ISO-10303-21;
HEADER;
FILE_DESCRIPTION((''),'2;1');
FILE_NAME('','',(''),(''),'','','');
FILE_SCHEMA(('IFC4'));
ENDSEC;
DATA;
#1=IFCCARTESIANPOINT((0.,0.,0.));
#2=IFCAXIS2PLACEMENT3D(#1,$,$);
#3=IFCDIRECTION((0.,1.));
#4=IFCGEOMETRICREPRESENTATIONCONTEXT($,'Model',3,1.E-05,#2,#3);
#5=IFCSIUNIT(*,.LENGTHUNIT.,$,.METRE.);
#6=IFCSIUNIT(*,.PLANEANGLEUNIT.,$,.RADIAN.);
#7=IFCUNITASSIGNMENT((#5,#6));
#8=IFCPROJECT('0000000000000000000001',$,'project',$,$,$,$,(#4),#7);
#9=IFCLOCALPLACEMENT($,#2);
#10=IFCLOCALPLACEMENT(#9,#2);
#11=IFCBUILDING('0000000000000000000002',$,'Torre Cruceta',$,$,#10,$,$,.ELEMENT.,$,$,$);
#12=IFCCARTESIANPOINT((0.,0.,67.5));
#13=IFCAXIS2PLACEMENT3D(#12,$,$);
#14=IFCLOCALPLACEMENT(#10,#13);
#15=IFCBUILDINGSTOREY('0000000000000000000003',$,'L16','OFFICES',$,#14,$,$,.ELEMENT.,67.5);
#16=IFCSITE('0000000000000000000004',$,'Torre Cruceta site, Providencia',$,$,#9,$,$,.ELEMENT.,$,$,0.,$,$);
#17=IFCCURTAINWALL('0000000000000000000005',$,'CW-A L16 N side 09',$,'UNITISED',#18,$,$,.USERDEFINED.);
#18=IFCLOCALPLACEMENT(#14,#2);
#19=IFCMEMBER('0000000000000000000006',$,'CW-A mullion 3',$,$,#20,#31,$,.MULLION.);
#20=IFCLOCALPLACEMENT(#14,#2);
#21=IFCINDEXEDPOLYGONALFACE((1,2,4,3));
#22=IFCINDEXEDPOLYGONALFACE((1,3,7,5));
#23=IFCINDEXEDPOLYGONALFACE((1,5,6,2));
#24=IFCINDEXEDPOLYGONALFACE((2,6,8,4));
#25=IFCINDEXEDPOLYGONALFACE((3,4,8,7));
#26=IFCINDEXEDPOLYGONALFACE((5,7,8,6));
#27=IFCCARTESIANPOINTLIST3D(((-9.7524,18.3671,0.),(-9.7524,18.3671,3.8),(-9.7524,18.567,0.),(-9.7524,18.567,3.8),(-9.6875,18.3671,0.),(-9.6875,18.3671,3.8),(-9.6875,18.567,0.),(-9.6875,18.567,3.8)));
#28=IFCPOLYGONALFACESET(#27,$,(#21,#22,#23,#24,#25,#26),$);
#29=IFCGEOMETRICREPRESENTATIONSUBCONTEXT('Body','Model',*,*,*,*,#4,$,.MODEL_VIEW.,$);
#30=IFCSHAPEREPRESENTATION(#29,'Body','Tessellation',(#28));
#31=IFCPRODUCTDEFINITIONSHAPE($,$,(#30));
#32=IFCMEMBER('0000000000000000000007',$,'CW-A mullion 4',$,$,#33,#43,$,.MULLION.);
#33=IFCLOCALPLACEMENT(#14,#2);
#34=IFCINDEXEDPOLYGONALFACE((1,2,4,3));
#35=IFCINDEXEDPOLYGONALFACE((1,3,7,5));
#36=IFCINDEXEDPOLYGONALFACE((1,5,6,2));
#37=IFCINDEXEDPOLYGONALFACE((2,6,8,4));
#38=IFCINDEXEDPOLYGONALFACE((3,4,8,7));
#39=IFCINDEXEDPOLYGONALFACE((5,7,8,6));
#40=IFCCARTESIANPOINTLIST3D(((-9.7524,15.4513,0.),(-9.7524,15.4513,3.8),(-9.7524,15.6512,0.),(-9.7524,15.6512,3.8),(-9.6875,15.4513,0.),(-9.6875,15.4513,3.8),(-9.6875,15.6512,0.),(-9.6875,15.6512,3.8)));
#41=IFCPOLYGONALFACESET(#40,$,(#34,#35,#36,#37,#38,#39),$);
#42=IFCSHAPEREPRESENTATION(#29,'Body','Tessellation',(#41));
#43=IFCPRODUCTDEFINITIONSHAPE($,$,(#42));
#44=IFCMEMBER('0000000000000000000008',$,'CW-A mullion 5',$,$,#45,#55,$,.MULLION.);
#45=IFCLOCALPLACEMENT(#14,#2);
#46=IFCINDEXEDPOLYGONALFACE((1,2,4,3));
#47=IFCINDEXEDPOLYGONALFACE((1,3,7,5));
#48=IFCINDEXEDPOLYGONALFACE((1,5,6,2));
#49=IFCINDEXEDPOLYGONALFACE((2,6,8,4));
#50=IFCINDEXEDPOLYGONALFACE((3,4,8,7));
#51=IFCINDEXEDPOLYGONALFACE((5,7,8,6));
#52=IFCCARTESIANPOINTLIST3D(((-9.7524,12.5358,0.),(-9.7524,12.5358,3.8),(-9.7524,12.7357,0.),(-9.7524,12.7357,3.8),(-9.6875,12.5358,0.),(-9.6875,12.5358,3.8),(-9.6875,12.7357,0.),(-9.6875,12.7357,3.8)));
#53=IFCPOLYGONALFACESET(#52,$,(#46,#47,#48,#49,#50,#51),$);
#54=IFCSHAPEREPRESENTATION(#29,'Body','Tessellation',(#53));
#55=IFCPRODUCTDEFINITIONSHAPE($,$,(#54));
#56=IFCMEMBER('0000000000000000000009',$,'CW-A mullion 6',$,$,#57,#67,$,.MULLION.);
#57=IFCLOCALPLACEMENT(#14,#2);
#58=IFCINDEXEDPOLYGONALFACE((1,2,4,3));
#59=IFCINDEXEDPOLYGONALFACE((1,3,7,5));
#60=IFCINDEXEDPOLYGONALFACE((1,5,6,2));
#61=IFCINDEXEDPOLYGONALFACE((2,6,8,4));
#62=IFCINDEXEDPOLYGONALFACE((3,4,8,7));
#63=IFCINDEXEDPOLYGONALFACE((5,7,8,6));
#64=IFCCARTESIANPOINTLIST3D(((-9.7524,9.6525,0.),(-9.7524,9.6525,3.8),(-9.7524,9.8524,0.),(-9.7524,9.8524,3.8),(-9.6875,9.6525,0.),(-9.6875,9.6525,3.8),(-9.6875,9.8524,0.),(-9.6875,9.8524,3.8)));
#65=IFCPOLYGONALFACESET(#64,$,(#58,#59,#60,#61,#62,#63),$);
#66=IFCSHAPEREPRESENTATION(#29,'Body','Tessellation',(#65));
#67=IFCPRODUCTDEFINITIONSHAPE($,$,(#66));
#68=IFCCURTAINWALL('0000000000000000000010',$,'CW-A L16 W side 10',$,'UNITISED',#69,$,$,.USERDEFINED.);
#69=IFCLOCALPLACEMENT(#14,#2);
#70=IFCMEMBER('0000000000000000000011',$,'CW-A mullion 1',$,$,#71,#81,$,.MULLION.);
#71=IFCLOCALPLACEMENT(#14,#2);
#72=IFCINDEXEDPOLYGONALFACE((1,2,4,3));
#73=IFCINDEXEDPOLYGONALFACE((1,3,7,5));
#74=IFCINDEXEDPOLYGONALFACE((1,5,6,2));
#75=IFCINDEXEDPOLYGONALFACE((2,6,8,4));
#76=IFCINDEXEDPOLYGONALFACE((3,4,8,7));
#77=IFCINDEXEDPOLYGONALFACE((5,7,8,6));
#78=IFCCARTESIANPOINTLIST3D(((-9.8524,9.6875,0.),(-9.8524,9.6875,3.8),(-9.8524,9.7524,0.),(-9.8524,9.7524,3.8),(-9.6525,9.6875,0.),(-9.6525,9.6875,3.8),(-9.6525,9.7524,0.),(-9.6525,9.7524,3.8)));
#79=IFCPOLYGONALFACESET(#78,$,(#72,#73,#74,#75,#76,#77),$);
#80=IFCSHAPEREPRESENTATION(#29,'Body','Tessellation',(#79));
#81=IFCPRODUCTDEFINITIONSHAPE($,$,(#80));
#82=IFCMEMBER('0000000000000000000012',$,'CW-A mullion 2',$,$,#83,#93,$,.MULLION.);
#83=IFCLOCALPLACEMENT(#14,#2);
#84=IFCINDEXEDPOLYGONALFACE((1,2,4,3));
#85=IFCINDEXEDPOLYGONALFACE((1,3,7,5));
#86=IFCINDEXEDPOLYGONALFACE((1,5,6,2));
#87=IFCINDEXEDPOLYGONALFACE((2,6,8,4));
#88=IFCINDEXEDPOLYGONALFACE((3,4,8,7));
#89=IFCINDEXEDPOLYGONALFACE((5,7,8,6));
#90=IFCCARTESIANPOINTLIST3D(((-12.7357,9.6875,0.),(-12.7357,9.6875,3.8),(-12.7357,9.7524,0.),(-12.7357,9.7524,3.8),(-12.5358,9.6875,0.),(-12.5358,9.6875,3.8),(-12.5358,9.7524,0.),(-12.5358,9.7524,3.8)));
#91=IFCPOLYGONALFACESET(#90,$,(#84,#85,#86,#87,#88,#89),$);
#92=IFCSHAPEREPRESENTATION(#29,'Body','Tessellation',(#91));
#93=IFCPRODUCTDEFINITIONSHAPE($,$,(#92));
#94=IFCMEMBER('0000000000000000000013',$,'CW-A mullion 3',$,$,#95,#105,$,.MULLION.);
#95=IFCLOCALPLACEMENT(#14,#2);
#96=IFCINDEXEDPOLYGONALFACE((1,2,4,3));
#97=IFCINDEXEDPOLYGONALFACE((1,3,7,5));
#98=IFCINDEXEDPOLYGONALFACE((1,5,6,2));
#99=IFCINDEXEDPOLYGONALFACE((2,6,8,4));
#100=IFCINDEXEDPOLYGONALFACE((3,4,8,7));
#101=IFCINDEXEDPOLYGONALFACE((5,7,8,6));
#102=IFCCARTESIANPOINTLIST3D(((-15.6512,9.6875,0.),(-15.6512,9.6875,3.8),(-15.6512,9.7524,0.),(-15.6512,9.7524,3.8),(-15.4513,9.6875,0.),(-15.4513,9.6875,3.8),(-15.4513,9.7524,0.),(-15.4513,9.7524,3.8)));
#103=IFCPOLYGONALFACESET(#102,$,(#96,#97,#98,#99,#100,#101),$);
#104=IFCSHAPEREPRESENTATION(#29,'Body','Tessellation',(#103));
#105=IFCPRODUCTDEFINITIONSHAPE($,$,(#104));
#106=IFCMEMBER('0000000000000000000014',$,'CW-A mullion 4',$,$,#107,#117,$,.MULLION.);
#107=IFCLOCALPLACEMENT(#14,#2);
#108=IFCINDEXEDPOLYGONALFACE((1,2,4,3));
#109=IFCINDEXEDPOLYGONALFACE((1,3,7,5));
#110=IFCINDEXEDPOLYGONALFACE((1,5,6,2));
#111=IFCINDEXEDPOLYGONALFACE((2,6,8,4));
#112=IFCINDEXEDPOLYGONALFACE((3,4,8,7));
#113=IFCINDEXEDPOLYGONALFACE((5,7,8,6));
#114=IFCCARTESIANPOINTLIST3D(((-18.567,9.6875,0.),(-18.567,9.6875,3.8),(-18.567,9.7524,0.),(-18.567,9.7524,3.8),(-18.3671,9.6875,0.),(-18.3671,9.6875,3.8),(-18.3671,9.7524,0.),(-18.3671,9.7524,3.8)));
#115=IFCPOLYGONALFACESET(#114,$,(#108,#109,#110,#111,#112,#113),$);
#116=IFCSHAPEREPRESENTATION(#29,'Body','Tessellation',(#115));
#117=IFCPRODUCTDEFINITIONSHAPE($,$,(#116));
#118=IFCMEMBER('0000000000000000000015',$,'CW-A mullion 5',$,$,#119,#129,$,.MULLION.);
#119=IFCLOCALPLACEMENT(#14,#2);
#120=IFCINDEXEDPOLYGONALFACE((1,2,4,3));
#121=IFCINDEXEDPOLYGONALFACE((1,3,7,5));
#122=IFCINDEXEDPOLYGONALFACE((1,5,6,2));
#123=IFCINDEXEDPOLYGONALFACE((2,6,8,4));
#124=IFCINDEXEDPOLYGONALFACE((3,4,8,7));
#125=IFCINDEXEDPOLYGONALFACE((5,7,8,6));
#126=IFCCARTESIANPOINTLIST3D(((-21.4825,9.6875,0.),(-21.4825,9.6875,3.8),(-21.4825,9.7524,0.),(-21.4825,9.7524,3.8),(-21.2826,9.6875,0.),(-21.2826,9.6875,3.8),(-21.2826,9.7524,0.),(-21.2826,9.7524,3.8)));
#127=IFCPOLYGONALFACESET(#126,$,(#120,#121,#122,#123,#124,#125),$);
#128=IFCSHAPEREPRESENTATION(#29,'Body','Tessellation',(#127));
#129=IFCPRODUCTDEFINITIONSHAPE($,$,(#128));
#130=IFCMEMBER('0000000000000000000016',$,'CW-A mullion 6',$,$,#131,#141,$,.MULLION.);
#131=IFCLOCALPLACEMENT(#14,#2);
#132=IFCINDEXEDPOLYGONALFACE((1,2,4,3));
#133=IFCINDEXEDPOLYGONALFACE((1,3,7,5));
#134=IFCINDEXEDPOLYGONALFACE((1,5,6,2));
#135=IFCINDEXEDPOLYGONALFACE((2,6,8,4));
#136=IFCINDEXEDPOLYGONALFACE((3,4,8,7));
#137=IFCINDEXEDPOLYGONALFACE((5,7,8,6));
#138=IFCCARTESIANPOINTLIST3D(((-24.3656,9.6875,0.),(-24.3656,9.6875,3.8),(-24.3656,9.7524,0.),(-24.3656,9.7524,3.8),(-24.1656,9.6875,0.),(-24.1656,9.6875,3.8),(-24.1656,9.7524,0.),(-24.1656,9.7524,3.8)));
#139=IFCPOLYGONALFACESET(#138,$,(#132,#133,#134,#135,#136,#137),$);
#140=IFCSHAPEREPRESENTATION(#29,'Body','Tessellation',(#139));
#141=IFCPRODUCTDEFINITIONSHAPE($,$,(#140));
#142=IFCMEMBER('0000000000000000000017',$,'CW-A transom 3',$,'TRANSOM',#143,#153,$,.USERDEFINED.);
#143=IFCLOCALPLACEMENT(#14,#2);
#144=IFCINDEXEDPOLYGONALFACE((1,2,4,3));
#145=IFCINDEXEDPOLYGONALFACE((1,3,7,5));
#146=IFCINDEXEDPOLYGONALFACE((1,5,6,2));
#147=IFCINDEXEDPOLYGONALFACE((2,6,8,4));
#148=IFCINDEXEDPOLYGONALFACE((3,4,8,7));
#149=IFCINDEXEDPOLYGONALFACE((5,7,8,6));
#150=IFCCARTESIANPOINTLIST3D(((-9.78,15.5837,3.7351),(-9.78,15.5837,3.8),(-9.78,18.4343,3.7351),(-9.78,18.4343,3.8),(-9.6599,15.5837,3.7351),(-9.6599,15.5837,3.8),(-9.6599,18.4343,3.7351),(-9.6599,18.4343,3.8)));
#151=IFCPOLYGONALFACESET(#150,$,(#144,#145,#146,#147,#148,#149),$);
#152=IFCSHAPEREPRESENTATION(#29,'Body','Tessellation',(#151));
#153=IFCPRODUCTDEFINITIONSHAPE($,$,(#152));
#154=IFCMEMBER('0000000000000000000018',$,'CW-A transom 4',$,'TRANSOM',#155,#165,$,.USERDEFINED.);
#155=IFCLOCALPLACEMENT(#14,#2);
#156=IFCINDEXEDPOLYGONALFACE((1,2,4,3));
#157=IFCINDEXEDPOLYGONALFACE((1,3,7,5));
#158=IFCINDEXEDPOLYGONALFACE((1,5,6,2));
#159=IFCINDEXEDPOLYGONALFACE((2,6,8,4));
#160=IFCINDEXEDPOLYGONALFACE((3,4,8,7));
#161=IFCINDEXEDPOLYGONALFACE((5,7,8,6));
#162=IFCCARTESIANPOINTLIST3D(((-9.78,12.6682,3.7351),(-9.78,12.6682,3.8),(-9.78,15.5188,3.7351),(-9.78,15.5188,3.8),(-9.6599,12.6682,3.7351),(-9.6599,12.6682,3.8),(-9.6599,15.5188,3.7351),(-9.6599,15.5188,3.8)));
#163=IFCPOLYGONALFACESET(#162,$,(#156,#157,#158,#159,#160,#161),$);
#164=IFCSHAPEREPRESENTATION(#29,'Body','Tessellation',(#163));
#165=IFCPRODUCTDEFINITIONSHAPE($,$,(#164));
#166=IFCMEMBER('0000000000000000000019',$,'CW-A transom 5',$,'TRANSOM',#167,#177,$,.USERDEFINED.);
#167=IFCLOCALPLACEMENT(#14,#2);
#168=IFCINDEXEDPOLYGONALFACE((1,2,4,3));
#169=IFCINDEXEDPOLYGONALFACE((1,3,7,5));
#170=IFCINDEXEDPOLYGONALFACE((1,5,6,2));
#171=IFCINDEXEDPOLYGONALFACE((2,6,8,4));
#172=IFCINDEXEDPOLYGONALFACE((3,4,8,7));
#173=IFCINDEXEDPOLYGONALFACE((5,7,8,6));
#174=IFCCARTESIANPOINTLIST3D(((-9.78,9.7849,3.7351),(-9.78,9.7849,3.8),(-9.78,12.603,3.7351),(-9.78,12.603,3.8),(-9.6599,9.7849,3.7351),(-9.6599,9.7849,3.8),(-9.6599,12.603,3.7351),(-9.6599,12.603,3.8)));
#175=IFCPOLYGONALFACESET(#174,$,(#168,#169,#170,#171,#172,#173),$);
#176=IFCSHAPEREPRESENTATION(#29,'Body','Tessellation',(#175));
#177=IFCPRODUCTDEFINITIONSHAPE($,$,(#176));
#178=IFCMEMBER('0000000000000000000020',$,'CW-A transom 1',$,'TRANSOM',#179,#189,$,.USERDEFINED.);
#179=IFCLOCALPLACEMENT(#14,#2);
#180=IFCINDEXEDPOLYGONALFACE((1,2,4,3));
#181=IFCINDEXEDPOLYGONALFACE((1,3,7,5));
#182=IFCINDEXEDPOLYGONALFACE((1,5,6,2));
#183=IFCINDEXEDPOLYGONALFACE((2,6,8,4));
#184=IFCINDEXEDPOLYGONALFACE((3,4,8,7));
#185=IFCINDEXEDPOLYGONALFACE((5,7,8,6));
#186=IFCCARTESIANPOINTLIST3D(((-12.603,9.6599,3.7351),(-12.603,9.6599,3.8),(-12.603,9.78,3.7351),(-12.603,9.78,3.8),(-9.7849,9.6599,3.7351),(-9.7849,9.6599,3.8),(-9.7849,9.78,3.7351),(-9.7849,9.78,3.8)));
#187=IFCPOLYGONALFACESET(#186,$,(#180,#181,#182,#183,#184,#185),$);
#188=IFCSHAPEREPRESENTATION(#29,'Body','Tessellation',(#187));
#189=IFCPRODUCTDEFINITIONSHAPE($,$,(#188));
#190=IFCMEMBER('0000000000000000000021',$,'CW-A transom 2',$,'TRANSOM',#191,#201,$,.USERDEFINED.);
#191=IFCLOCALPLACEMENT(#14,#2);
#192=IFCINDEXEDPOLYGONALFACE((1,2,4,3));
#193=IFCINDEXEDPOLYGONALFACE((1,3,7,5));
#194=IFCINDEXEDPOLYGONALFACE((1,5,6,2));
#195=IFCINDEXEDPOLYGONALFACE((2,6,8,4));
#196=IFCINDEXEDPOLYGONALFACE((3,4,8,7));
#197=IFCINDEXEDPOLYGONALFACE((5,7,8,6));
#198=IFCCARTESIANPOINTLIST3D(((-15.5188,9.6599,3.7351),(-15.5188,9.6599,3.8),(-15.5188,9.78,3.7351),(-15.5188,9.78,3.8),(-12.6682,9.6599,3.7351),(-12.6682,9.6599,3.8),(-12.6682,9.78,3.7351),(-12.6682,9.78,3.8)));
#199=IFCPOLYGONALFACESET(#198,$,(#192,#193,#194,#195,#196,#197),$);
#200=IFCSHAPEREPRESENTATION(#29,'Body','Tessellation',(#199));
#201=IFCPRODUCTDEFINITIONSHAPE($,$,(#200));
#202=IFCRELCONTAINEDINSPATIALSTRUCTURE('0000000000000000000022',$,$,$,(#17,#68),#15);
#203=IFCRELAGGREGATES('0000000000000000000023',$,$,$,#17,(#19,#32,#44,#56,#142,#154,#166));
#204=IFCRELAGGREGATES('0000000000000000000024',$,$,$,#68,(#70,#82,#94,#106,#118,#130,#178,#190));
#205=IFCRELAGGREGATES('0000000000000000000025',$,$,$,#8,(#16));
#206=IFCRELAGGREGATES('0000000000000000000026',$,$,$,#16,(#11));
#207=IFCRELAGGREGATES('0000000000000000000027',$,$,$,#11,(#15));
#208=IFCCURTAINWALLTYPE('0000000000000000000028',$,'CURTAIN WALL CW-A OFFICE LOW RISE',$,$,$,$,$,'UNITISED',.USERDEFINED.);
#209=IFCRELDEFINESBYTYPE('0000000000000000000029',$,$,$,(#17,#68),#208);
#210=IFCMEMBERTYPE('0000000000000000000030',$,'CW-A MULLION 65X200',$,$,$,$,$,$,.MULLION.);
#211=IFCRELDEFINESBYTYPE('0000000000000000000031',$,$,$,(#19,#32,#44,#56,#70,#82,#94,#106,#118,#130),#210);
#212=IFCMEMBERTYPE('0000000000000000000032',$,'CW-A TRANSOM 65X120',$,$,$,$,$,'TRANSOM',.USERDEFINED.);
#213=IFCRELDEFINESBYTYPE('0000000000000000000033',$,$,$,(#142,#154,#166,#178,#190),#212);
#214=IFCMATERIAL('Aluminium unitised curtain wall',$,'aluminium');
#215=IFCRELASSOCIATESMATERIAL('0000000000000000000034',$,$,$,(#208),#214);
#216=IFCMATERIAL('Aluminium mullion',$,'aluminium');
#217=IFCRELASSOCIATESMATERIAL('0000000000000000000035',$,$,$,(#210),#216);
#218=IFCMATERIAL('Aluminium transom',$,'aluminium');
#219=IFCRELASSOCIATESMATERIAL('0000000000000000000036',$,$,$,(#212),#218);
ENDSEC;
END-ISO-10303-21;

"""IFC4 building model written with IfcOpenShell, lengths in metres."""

from ifc_helpers import new_model, si_unit, direction, frame, origin, origin_2d, place, context, subcontext, project, spatial, rectangle, extrude, material, material_profile, profile_set, type_object, element, aggregate, save


model = new_model("IFC4")

# Units and contexts
model_context = context("Model", 3, precision=1e-05, world=origin(), true_north=direction((0.0, 1.0)))
body_context = subcontext(model_context, "Body", "Model", "MODEL_VIEW")
ifc_project = project(units=[si_unit("LENGTHUNIT", "METRE"), si_unit("PLANEANGLEUNIT", "RADIAN")], contexts=[model_context])

# Site, building, storey
site_placement = place(None, origin())
site = spatial("IfcSite", under=ifc_project, at=site_placement, Name="Torre Cruceta site, Providencia", CompositionType="ELEMENT", RefElevation=0.0)
building_placement = place(site_placement, origin())
building = spatial("IfcBuilding", under=site, at=building_placement, Name="Torre Cruceta", CompositionType="ELEMENT")
storey_placement = place(building_placement, frame((0.0, 0.0, 67.5)))
storey = spatial("IfcBuildingStorey", under=building, at=storey_placement, Name="L16", Description="OFFICES", CompositionType="ELEMENT", Elevation=67.5)

# Curtain walls, members
ifc_material_1 = material(Name="Aluminium unitised curtain wall", Category="aluminium")
curtain_wall_type = type_object("IfcCurtainWallType", Name="CURTAIN WALL CW-A OFFICE LOW RISE", ElementType="UNITISED", PredefinedType="USERDEFINED", material=ifc_material_1)
curtain_wall_1_placement = place(storey_placement, origin())
curtain_wall_1 = element("IfcCurtainWall", 1, at=curtain_wall_1_placement, inside=storey, type_object=curtain_wall_type, Name="CW-A L16 N side 09", ObjectType="UNITISED", PredefinedType="USERDEFINED")
ifc_material_2 = material(Name="Aluminium mullion", Category="aluminium")
ifc_material_profile_1 = material_profile(ifc_material_2, rectangle(XDim=0.0649, YDim=0.2, at=origin_2d()), Name="AL 65X200")
ifc_profile_set_1 = profile_set([ifc_material_profile_1], Name="Aluminium mullion")
member_type_1 = type_object("IfcMemberType", Name="CW-A MULLION 65X200", PredefinedType="MULLION", material=ifc_profile_set_1)
member_1_placement = place(storey_placement, frame((-9.72, 18.467, 0.0), z_axis=(0.0, 0.0, 1.0), x_axis=(1.0, 0.0, 0.0)))
member_1 = element("IfcMember", 2, at=member_1_placement, type_object=member_type_1, Name="CW-A mullion 3", PredefinedType="MULLION", context=body_context, shape_type="SweptSolid", body=[
    extrude(rectangle(XDim=0.0649, YDim=0.2, at=origin_2d()), origin(), (0.0, 0.0, 1.0), 3.8),
])
member_2_placement = place(storey_placement, frame((-9.72, 15.5513, 0.0), z_axis=(0.0, 0.0, 1.0), x_axis=(1.0, 0.0, 0.0)))
member_2 = element("IfcMember", 3, at=member_2_placement, type_object=member_type_1, Name="CW-A mullion 4", PredefinedType="MULLION", context=body_context, shape_type="SweptSolid", body=[
    extrude(rectangle(XDim=0.0649, YDim=0.2, at=origin_2d()), origin(), (0.0, 0.0, 1.0), 3.8),
])
member_3_placement = place(storey_placement, frame((-9.72, 12.6357, 0.0), z_axis=(0.0, 0.0, 1.0), x_axis=(1.0, 0.0, 0.0)))
member_3 = element("IfcMember", 4, at=member_3_placement, type_object=member_type_1, Name="CW-A mullion 5", PredefinedType="MULLION", context=body_context, shape_type="SweptSolid", body=[
    extrude(rectangle(XDim=0.0649, YDim=0.2, at=origin_2d()), origin(), (0.0, 0.0, 1.0), 3.8),
])
member_4_placement = place(storey_placement, frame((-9.72, 9.7524, 0.0), z_axis=(0.0, 0.0, 1.0), x_axis=(1.0, 0.0, 0.0)))
member_4 = element("IfcMember", 5, at=member_4_placement, type_object=member_type_1, Name="CW-A mullion 6", PredefinedType="MULLION", context=body_context, shape_type="SweptSolid", body=[
    extrude(rectangle(XDim=0.0649, YDim=0.2, at=origin_2d()), origin(), (0.0, 0.0, 1.0), 3.8),
])
curtain_wall_2_placement = place(storey_placement, origin())
curtain_wall_2 = element("IfcCurtainWall", 6, at=curtain_wall_2_placement, inside=storey, type_object=curtain_wall_type, Name="CW-A L16 W side 10", ObjectType="UNITISED", PredefinedType="USERDEFINED")
member_5_placement = place(storey_placement, frame((-9.7524, 9.72, 0.0), z_axis=(0.0, 0.0, 1.0), x_axis=(0.0, -1.0, 0.0)))
member_5 = element("IfcMember", 7, at=member_5_placement, type_object=member_type_1, Name="CW-A mullion 1", PredefinedType="MULLION", context=body_context, shape_type="SweptSolid", body=[
    extrude(rectangle(XDim=0.0649, YDim=0.2, at=origin_2d()), origin(), (0.0, 0.0, 1.0), 3.8),
])
member_6_placement = place(storey_placement, frame((-12.6357, 9.72, 0.0), z_axis=(0.0, 0.0, 1.0), x_axis=(0.0, -1.0, 0.0)))
member_6 = element("IfcMember", 8, at=member_6_placement, type_object=member_type_1, Name="CW-A mullion 2", PredefinedType="MULLION", context=body_context, shape_type="SweptSolid", body=[
    extrude(rectangle(XDim=0.0649, YDim=0.2, at=origin_2d()), origin(), (0.0, 0.0, 1.0), 3.8),
])
member_7_placement = place(storey_placement, frame((-15.5513, 9.72, 0.0), z_axis=(0.0, 0.0, 1.0), x_axis=(0.0, -1.0, 0.0)))
member_7 = element("IfcMember", 9, at=member_7_placement, type_object=member_type_1, Name="CW-A mullion 3", PredefinedType="MULLION", context=body_context, shape_type="SweptSolid", body=[
    extrude(rectangle(XDim=0.0649, YDim=0.2, at=origin_2d()), origin(), (0.0, 0.0, 1.0), 3.8),
])
member_8_placement = place(storey_placement, frame((-18.467, 9.72, 0.0), z_axis=(0.0, 0.0, 1.0), x_axis=(0.0, -1.0, 0.0)))
member_8 = element("IfcMember", 10, at=member_8_placement, type_object=member_type_1, Name="CW-A mullion 4", PredefinedType="MULLION", context=body_context, shape_type="SweptSolid", body=[
    extrude(rectangle(XDim=0.0649, YDim=0.2, at=origin_2d()), origin(), (0.0, 0.0, 1.0), 3.8),
])
member_9_placement = place(storey_placement, frame((-21.3826, 9.72, 0.0), z_axis=(0.0, 0.0, 1.0), x_axis=(0.0, -1.0, 0.0)))
member_9 = element("IfcMember", 11, at=member_9_placement, type_object=member_type_1, Name="CW-A mullion 5", PredefinedType="MULLION", context=body_context, shape_type="SweptSolid", body=[
    extrude(rectangle(XDim=0.0649, YDim=0.2, at=origin_2d()), origin(), (0.0, 0.0, 1.0), 3.8),
])
member_10_placement = place(storey_placement, frame((-24.2656, 9.72, 0.0), z_axis=(0.0, 0.0, 1.0), x_axis=(0.0, -1.0, 0.0)))
member_10 = element("IfcMember", 12, at=member_10_placement, type_object=member_type_1, Name="CW-A mullion 6", PredefinedType="MULLION", context=body_context, shape_type="SweptSolid", body=[
    extrude(rectangle(XDim=0.0649, YDim=0.2, at=origin_2d()), origin(), (0.0, 0.0, 1.0), 3.8),
])

# Members
ifc_material_3 = material(Name="Aluminium transom", Category="aluminium")
ifc_material_profile_2 = material_profile(ifc_material_3, rectangle(XDim=0.1201, YDim=0.0649, at=origin_2d()), Name="AL 120X65")
ifc_profile_set_2 = profile_set([ifc_material_profile_2], Name="Aluminium transom")
member_type_2 = type_object("IfcMemberType", Name="CW-A TRANSOM 65X120", ElementType="TRANSOM", PredefinedType="USERDEFINED", material=ifc_profile_set_2)
member_11_placement = place(storey_placement, frame((-9.72, 18.4343, 3.7676), z_axis=(0.0, -1.0, 0.0), x_axis=(1.0, 0.0, 0.0)))
member_11 = element("IfcMember", 13, at=member_11_placement, type_object=member_type_2, Name="CW-A transom 3", ObjectType="TRANSOM", PredefinedType="USERDEFINED", context=body_context, shape_type="SweptSolid", body=[
    extrude(rectangle(XDim=0.1201, YDim=0.0649, at=origin_2d()), origin(), (0.0, 0.0, 1.0), 2.8506),
])
member_12_placement = place(storey_placement, frame((-9.72, 15.5188, 3.7676), z_axis=(0.0, -1.0, 0.0), x_axis=(1.0, 0.0, 0.0)))
member_12 = element("IfcMember", 14, at=member_12_placement, type_object=member_type_2, Name="CW-A transom 4", ObjectType="TRANSOM", PredefinedType="USERDEFINED", context=body_context, shape_type="SweptSolid", body=[
    extrude(rectangle(XDim=0.1201, YDim=0.0649, at=origin_2d()), origin(), (0.0, 0.0, 1.0), 2.8506),
])
member_13_placement = place(storey_placement, frame((-9.72, 12.603, 3.7676), z_axis=(0.0, -1.0, 0.0), x_axis=(1.0, 0.0, 0.0)))
member_13 = element("IfcMember", 15, at=member_13_placement, type_object=member_type_2, Name="CW-A transom 5", ObjectType="TRANSOM", PredefinedType="USERDEFINED", context=body_context, shape_type="SweptSolid", body=[
    extrude(rectangle(XDim=0.1201, YDim=0.0649, at=origin_2d()), origin(), (0.0, 0.0, 1.0), 2.8181),
])
member_14_placement = place(storey_placement, frame((-9.7849, 9.72, 3.7676), z_axis=(-1.0, 0.0, 0.0), x_axis=(0.0, -1.0, 0.0)))
member_14 = element("IfcMember", 16, at=member_14_placement, type_object=member_type_2, Name="CW-A transom 1", ObjectType="TRANSOM", PredefinedType="USERDEFINED", context=body_context, shape_type="SweptSolid", body=[
    extrude(rectangle(XDim=0.1201, YDim=0.0649, at=origin_2d()), origin(), (0.0, 0.0, 1.0), 2.8181),
])
member_15_placement = place(storey_placement, frame((-12.6682, 9.72, 3.7676), z_axis=(-1.0, 0.0, 0.0), x_axis=(0.0, -1.0, 0.0)))
member_15 = element("IfcMember", 17, at=member_15_placement, type_object=member_type_2, Name="CW-A transom 2", ObjectType="TRANSOM", PredefinedType="USERDEFINED", context=body_context, shape_type="SweptSolid", body=[
    extrude(rectangle(XDim=0.1201, YDim=0.0649, at=origin_2d()), origin(), (0.0, 0.0, 1.0), 2.8506),
])

aggregate(curtain_wall_1, [member_1, member_2, member_3, member_4, member_11, member_12, member_13])
aggregate(curtain_wall_2, [member_5, member_6, member_7, member_8, member_9, member_10, member_14, member_15])

save(model, "model.ifc")
